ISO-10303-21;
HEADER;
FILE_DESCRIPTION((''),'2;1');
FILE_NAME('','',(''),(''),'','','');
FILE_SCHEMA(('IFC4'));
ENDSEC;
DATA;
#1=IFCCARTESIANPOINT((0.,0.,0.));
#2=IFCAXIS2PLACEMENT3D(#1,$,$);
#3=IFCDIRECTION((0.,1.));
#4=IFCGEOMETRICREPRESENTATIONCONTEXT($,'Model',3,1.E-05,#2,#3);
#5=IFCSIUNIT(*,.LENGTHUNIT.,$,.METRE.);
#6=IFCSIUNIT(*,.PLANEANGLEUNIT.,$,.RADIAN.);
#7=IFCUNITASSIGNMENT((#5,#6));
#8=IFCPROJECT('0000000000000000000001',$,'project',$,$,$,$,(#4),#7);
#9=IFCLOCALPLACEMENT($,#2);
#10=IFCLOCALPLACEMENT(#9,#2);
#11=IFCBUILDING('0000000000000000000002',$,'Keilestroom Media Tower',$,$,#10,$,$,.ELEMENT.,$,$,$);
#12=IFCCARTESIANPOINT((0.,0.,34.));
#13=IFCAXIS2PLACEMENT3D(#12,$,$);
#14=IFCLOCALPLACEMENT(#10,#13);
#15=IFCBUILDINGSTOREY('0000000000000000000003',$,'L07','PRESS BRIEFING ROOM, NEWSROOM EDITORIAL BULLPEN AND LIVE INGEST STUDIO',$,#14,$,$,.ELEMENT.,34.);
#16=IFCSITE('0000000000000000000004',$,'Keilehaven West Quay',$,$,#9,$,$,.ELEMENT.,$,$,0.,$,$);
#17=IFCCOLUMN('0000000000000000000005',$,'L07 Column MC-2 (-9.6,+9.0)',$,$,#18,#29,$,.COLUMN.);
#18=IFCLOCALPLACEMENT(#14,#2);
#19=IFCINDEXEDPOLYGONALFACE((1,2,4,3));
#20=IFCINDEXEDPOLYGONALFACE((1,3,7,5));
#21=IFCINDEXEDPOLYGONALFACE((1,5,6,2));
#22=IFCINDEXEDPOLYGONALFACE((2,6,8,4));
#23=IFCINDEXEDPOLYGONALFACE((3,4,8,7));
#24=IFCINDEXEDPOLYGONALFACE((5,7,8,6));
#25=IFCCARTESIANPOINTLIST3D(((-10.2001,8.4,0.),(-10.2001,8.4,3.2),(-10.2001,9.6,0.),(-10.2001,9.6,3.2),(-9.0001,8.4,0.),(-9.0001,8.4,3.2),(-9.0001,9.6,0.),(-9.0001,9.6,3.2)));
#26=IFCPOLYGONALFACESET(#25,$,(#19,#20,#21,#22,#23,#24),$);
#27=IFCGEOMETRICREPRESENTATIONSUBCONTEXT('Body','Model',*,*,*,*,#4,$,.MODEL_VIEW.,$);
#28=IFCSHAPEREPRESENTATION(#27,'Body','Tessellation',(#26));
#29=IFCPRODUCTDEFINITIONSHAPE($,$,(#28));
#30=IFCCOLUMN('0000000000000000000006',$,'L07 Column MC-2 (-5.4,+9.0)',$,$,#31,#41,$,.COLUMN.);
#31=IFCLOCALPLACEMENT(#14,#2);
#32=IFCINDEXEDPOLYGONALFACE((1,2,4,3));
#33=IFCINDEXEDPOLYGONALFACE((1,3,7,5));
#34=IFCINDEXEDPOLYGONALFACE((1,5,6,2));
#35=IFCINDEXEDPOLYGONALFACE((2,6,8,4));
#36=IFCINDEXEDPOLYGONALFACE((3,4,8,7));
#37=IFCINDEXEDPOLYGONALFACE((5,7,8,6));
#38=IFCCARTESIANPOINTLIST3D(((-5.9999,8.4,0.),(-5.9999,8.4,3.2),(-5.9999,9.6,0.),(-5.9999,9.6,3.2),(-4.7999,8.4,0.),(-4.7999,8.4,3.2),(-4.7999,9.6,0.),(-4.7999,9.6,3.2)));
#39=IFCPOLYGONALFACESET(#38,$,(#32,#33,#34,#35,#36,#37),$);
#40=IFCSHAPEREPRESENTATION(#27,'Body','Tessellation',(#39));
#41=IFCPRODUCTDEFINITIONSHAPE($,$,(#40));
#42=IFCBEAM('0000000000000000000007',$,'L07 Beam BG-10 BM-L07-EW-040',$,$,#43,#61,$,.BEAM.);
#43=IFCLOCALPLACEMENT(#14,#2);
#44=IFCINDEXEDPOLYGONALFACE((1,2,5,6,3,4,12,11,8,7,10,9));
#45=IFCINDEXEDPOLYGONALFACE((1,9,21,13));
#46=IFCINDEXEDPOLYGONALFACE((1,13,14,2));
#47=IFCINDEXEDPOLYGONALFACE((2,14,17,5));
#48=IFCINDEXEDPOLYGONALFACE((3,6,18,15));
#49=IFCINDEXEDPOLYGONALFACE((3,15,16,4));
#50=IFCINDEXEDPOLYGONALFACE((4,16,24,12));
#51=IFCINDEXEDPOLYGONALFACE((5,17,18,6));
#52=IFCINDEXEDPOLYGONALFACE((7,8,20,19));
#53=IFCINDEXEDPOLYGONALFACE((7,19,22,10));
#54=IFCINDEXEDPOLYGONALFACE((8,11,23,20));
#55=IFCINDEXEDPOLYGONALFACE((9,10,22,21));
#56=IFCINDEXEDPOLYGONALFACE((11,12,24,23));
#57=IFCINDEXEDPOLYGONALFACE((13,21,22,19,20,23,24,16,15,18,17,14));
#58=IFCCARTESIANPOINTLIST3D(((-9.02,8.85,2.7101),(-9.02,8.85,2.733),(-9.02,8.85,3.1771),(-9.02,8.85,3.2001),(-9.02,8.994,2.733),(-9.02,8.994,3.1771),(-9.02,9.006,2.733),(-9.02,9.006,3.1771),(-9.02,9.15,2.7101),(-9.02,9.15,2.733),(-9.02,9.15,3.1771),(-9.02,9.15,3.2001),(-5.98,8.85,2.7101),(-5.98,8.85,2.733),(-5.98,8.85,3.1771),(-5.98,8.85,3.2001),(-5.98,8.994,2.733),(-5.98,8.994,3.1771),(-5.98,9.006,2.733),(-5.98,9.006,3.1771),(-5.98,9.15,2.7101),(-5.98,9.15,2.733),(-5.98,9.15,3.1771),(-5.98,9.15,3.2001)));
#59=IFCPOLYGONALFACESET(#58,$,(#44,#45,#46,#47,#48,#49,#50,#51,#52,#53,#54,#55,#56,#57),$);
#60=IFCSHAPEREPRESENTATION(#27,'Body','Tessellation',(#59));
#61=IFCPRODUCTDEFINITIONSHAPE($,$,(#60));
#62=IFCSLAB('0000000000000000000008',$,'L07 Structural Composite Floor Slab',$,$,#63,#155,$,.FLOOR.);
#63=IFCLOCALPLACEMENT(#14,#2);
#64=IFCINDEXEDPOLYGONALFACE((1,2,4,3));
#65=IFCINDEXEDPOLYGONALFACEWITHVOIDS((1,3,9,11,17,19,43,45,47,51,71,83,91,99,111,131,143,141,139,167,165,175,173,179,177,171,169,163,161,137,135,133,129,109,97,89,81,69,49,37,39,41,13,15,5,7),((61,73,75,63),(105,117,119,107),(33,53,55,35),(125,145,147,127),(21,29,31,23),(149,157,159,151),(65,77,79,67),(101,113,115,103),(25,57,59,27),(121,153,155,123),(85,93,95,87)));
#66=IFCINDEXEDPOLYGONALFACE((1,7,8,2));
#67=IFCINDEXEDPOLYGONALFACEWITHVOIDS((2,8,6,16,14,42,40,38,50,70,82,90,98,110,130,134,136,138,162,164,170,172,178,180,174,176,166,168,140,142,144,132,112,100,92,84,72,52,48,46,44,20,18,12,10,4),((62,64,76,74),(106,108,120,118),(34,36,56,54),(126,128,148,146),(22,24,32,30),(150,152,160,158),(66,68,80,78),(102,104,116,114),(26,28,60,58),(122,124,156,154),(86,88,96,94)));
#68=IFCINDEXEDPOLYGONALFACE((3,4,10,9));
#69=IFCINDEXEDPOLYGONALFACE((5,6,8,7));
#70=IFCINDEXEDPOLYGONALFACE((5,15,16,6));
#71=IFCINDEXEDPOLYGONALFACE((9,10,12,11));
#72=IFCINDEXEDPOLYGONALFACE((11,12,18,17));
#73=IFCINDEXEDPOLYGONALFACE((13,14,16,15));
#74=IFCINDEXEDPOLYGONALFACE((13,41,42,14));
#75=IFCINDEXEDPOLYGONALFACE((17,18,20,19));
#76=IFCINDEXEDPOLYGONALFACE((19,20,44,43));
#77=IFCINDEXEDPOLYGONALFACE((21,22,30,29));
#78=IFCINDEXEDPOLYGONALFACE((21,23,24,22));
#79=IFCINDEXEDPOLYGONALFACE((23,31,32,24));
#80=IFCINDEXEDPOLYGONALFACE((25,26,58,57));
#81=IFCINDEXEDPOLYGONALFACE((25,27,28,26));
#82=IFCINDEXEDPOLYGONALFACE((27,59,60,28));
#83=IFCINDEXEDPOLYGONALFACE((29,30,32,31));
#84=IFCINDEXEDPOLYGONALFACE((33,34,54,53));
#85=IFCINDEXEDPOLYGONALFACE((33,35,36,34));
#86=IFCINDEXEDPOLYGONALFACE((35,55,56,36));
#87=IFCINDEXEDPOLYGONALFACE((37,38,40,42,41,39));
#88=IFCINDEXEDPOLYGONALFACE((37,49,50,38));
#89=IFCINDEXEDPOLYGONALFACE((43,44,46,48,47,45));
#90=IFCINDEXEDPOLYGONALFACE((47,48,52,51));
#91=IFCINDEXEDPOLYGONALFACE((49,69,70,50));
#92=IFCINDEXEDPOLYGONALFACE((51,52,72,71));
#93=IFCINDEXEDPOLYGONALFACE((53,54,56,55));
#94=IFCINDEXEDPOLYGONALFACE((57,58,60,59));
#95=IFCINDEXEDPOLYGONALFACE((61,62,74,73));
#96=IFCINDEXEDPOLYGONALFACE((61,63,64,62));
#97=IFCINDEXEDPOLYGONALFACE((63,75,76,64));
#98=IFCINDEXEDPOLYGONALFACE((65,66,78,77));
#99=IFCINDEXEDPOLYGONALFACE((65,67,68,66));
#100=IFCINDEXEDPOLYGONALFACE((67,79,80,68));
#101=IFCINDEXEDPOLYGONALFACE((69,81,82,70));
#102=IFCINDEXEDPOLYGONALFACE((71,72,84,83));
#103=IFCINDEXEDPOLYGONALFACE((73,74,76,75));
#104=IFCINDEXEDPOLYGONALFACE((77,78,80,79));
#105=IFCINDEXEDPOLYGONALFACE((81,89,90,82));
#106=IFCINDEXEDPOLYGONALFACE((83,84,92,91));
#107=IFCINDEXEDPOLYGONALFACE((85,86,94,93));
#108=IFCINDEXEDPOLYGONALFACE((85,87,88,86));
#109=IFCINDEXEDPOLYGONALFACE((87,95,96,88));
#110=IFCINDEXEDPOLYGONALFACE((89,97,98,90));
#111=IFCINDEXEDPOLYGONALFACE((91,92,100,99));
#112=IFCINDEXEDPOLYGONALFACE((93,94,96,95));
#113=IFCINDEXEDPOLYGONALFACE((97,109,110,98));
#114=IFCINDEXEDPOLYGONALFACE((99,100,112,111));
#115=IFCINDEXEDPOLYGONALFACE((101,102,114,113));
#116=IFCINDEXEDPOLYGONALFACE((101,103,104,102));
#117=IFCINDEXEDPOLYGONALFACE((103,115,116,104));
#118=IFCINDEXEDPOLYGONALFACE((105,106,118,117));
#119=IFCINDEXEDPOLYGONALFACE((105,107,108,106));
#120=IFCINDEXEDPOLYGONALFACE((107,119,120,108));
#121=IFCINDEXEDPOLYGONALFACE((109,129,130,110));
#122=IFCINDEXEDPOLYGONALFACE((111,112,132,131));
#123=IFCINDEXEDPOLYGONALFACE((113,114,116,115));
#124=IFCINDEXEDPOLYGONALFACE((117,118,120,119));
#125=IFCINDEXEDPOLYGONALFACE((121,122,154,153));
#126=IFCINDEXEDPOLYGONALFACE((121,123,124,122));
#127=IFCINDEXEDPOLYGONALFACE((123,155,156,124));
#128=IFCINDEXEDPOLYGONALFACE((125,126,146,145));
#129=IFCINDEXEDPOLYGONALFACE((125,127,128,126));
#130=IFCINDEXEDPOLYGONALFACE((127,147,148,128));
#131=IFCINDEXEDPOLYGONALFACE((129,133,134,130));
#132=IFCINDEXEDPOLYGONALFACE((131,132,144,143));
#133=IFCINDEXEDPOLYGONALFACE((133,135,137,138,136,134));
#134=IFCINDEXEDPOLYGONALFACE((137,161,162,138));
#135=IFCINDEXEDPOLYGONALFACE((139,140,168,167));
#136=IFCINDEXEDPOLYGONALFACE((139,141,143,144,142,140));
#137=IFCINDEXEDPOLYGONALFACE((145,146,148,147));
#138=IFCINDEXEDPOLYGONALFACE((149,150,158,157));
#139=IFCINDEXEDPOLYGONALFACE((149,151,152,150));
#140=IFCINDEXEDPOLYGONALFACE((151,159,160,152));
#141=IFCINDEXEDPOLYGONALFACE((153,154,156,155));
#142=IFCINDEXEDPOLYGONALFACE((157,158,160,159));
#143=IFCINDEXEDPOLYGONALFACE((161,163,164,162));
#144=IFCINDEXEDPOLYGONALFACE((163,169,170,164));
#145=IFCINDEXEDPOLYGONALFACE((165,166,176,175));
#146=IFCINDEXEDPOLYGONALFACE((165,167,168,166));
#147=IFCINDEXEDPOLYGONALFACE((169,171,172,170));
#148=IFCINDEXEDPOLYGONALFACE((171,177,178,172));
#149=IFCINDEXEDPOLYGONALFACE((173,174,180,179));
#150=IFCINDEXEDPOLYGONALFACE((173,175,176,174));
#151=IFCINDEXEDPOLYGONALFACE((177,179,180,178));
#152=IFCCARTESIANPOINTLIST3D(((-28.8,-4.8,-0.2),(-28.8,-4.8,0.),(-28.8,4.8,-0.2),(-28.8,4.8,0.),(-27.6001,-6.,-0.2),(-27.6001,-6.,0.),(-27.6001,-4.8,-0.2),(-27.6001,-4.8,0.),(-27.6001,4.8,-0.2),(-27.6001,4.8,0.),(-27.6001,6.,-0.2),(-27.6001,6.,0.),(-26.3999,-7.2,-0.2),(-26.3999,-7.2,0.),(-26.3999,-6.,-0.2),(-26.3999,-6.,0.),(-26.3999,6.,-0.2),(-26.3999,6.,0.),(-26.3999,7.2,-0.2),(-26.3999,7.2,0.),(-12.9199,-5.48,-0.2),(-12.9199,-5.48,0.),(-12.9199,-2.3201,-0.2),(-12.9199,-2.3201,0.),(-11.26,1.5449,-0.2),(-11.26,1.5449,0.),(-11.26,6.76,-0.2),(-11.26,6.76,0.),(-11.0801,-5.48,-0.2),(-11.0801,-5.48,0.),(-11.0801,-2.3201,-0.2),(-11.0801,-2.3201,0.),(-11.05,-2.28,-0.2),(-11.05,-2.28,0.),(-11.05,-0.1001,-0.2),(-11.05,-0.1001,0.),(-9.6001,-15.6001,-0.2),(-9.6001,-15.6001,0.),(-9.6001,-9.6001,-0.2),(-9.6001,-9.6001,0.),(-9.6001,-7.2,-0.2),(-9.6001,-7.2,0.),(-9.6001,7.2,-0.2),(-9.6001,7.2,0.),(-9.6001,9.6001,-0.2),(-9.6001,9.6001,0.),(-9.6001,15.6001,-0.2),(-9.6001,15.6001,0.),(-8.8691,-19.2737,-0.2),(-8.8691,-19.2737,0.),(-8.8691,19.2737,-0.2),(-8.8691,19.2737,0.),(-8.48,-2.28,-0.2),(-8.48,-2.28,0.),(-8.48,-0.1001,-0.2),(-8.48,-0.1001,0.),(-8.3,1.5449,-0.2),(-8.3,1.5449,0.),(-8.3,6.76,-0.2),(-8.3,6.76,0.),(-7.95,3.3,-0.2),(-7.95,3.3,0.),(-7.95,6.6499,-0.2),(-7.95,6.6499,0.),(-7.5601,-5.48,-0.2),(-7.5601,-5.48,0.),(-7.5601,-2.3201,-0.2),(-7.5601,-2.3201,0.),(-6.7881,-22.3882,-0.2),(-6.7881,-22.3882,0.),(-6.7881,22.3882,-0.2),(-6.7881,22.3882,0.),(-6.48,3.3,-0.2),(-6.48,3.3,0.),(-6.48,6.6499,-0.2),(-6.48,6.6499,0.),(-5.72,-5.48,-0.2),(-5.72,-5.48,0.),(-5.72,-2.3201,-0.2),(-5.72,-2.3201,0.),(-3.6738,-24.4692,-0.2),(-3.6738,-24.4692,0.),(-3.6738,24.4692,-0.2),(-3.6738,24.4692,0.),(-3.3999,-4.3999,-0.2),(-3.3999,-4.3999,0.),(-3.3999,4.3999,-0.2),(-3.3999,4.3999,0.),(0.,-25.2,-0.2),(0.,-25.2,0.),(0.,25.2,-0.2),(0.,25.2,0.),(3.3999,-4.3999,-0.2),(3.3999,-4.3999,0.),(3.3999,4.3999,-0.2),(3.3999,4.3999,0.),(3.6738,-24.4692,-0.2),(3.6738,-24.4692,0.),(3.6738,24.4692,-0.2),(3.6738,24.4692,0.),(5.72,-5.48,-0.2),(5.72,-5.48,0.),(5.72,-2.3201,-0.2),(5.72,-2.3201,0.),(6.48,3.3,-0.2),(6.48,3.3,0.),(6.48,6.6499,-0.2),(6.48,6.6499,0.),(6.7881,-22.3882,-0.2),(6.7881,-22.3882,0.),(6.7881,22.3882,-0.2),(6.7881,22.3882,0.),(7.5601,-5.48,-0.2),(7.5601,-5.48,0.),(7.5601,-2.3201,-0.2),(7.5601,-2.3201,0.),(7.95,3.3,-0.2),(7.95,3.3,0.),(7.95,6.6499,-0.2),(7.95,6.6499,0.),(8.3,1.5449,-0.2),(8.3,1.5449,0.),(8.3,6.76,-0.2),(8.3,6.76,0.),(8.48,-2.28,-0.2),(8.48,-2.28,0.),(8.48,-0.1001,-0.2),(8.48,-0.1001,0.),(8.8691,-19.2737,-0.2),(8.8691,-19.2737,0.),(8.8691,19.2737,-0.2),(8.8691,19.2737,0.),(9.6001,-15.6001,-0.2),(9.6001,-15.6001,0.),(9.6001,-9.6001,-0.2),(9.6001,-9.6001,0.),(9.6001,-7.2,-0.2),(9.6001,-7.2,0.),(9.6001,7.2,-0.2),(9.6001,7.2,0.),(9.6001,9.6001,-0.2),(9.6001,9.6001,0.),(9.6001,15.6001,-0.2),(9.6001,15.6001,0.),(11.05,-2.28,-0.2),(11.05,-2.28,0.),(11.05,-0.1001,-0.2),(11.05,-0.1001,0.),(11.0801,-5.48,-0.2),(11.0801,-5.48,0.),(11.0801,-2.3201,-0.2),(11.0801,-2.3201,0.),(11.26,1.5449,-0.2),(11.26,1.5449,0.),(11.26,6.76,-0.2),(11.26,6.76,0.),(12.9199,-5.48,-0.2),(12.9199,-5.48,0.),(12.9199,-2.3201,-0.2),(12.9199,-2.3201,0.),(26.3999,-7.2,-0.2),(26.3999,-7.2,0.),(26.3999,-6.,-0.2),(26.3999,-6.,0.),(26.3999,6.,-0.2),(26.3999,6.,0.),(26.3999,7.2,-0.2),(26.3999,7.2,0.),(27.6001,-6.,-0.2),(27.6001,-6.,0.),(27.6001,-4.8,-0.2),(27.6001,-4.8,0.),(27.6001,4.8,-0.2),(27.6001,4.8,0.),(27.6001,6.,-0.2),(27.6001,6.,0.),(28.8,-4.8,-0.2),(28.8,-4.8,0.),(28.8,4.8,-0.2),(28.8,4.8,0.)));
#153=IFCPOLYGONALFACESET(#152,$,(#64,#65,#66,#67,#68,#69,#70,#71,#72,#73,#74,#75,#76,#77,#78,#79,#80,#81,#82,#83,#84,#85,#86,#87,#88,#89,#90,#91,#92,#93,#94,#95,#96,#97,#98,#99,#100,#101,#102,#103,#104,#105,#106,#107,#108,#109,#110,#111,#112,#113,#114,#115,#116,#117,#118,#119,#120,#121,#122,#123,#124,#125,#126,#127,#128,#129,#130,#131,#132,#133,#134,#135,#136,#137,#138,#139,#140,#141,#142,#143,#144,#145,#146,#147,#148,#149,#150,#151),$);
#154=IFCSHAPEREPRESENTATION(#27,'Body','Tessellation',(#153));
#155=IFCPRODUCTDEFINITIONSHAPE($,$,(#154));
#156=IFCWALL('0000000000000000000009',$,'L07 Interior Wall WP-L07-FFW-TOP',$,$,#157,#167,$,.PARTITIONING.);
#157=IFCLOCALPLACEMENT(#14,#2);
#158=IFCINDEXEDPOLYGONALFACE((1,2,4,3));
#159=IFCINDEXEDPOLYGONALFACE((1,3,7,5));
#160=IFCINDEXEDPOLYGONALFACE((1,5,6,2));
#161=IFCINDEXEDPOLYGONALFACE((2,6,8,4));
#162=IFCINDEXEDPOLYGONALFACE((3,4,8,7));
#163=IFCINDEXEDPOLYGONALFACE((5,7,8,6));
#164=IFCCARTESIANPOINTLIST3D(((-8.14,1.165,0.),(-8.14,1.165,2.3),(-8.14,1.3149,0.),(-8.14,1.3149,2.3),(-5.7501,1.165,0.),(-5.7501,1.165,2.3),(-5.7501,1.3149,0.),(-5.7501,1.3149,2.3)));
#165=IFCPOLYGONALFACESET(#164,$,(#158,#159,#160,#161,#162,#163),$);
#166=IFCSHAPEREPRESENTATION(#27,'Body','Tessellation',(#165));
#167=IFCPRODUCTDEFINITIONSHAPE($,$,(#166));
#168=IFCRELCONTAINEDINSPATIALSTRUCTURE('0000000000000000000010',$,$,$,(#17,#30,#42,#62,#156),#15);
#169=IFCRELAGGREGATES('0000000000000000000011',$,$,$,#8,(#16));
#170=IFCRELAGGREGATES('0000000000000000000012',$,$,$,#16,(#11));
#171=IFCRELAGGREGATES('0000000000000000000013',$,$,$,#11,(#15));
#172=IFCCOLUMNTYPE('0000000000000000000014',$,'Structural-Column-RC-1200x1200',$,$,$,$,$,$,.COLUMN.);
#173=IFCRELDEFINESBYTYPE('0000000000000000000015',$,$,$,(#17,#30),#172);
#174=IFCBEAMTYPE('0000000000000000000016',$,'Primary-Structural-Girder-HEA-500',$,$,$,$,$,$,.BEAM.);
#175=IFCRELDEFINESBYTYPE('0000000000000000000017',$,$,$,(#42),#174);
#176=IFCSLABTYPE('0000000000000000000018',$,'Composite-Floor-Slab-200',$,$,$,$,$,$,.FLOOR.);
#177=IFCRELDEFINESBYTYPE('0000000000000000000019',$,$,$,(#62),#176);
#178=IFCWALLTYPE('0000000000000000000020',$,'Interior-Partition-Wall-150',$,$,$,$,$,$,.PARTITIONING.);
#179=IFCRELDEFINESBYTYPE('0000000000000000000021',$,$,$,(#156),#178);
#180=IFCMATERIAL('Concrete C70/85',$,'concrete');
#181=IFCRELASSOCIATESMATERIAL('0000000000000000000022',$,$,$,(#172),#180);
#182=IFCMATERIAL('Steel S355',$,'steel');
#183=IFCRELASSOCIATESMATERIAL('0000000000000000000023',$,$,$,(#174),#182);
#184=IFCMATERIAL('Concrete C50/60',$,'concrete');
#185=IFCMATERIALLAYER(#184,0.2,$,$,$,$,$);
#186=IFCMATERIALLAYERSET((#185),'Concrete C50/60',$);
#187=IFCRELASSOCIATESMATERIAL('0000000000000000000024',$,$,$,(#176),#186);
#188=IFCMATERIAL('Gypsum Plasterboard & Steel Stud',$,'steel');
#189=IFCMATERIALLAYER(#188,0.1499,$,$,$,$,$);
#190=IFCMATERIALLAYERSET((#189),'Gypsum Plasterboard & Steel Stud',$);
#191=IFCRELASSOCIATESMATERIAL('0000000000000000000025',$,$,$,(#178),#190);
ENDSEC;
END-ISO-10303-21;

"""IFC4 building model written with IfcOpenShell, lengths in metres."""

from ifc_helpers import new_model, si_unit, direction, frame, frame_2d, origin, origin_2d, place, context, subcontext, project, spatial, polyline, rectangle, i_section, outline, extrude, source, transform, mapped, material, layer, layer_set, material_profile, profile_set, type_object, element, save


model = new_model("IFC4")

# Units and contexts
model_context = context("Model", 3, precision=1e-05, world=origin(), true_north=direction((0.0, 1.0)))
body_context = subcontext(model_context, "Body", "Model", "MODEL_VIEW")
ifc_project = project(units=[si_unit("LENGTHUNIT", "METRE"), si_unit("PLANEANGLEUNIT", "RADIAN")], contexts=[model_context])

# Site, building, storey
site_placement = place(None, origin())
site = spatial("IfcSite", under=ifc_project, at=site_placement, Name="Keilehaven West Quay", CompositionType="ELEMENT", RefElevation=0.0)
building_placement = place(site_placement, origin())
building = spatial("IfcBuilding", under=site, at=building_placement, Name="Keilestroom Media Tower", CompositionType="ELEMENT")
storey_placement = place(building_placement, frame((0.0, 0.0, 34.0)))
storey = spatial("IfcBuildingStorey", under=building, at=storey_placement, Name="L07", Description="PRESS BRIEFING ROOM, NEWSROOM EDITORIAL BULLPEN AND LIVE INGEST STUDIO", CompositionType="ELEMENT", Elevation=34.0)

# Columns
ifc_material_1 = material(Name="Concrete C70/85", Category="concrete")
ifc_material_profile_1 = material_profile(ifc_material_1, rectangle(XDim=1.2, YDim=1.2, at=origin_2d()), Name="RC 1200x1200")
ifc_profile_set_1 = profile_set([ifc_material_profile_1], Name="Concrete C70/85")
column_type = type_object("IfcColumnType", Name="Structural-Column-RC-1200x1200", PredefinedType="COLUMN", material=ifc_profile_set_1)
shared_shape_1 = source(origin(), body_context, "Body", "SweptSolid", [
    extrude(rectangle(XDim=1.2, YDim=1.2, at=origin_2d()), origin(), (0.0, 0.0, 1.0), 3.2),
])
for number, where, z_axis, x_axis, name in (
    (1, (-9.6001, 9.0, 0.0), (0.0, 0.0, 1.0), (1.0, 0.0, 0.0), "L07 Column MC-2 (-9.6,+9.0)"),
    (2, (-5.3999, 9.0, 0.0), (0.0, 0.0, 1.0), (1.0, 0.0, 0.0), "L07 Column MC-2 (-5.4,+9.0)"),
):
    element("IfcColumn", number, at=place(storey_placement, frame(where, z_axis=z_axis, x_axis=x_axis)), inside=storey, type_object=column_type, Name=name, PredefinedType="COLUMN", context=body_context, shape_type="MappedRepresentation", body=[
        mapped(shared_shape_1, transform((0.0, 0.0, 0.0), x_axis=(1.0, 0.0, 0.0), y_axis=(0.0, 1.0, 0.0), z_axis=(0.0, 0.0, 1.0), scale=1.0)),
    ])

# Beam
ifc_material_2 = material(Name="Steel S355", Category="steel")
ifc_material_profile_2 = material_profile(ifc_material_2, i_section(OverallWidth=0.3, OverallDepth=0.49, WebThickness=0.012, FlangeThickness=0.0229, at=origin_2d()), Name="HEA 500")
ifc_profile_set_2 = profile_set([ifc_material_profile_2], Name="Steel S355")
beam_type = type_object("IfcBeamType", Name="Primary-Structural-Girder-HEA-500", PredefinedType="BEAM", material=ifc_profile_set_2)
shared_shape_2 = source(origin(), body_context, "Body", "SweptSolid", [
    extrude(i_section(OverallWidth=0.3, OverallDepth=0.49, WebThickness=0.012, FlangeThickness=0.0229, at=origin_2d()), origin(), (0.0, 0.0, 1.0), 3.04),
])
beam_placement = place(storey_placement, frame((-9.02, 9.0, 2.9551), z_axis=(1.0, 0.0, 0.0), x_axis=(0.0, 1.0, 0.0)))
element("IfcBeam", 3, at=beam_placement, inside=storey, type_object=beam_type, Name="L07 Beam BG-10 BM-L07-EW-040", PredefinedType="BEAM", context=body_context, shape_type="MappedRepresentation", body=[
    mapped(shared_shape_2, transform((0.0, 0.0, 0.0), x_axis=(1.0, 0.0, 0.0), y_axis=(0.0, 1.0, 0.0), z_axis=(0.0, 0.0, 1.0), scale=1.0)),
])

# Slab
ifc_material_3 = material(Name="Concrete C50/60", Category="concrete")
ifc_layer_1 = layer(ifc_material_3, 0.2)
ifc_layer_set_1 = layer_set([ifc_layer_1], Name="Concrete C50/60")
slab_type = type_object("IfcSlabType", Name="Composite-Floor-Slab-200", PredefinedType="FLOOR", material=ifc_layer_set_1)
slab_placement = place(storey_placement, frame((0.0, 0.0, -0.2)))
element("IfcSlab", 4, at=slab_placement, inside=storey, type_object=slab_type, Name="L07 Structural Composite Floor Slab", PredefinedType="FLOOR", context=body_context, shape_type="SweptSolid", body=[
    extrude(outline(polyline([(28.8, -4.8), (28.8, 4.8), (27.6001, 4.8), (27.6001, 6.0), (26.3999, 6.0), (26.3999, 7.2), (9.6001, 7.2), (9.6001, 9.6001), (9.6001, 15.6001), (8.8691, 19.2737), (6.7881, 22.3882), (3.6738, 24.4692), (0.0, 25.2), (-3.6738, 24.4692), (-6.7881, 22.3882), (-8.8691, 19.2737), (-9.6001, 15.6001), (-9.6001, 9.6001), (-9.6001, 7.2), (-26.3999, 7.2), (-26.3999, 6.0), (-27.6001, 6.0), (-27.6001, 4.8), (-28.8, 4.8), (-28.8, -4.8), (-27.6001, -4.8), (-27.6001, -6.0), (-26.3999, -6.0), (-26.3999, -7.2), (-9.6001, -7.2), (-9.6001, -9.6001), (-9.6001, -15.6001), (-8.8691, -19.2737), (-6.7881, -22.3882), (-3.6738, -24.4692), (0.0, -25.2), (3.6738, -24.4692), (6.7881, -22.3882), (8.8691, -19.2737), (9.6001, -15.6001), (9.6001, -9.6001), (9.6001, -7.2), (26.3999, -7.2), (26.3999, -6.0), (27.6001, -6.0), (27.6001, -4.8), (28.8, -4.8)]), holes=[polyline([(-12.9199, -5.48), (-12.9199, -2.3201), (-11.0801, -2.3201), (-11.0801, -5.48), (-12.9199, -5.48)]), polyline([(-11.26, 1.5449), (-11.26, 6.76), (-8.3, 6.76), (-8.3, 1.5449), (-11.26, 1.5449)]), polyline([(-11.05, -2.28), (-11.05, -0.1001), (-8.48, -0.1001), (-8.48, -2.28), (-11.05, -2.28)]), polyline([(-7.95, 3.3), (-7.95, 6.6499), (-6.48, 6.6499), (-6.48, 3.3), (-7.95, 3.3)]), polyline([(-7.5601, -5.48), (-7.5601, -2.3201), (-5.72, -2.3201), (-5.72, -5.48), (-7.5601, -5.48)]), polyline([(-3.3999, -4.3999), (-3.3999, 4.3999), (3.3999, 4.3999), (3.3999, -4.3999), (-3.3999, -4.3999)]), polyline([(5.72, -5.48), (5.72, -2.3201), (7.5601, -2.3201), (7.5601, -5.48), (5.72, -5.48)]), polyline([(7.95, 6.6499), (7.95, 3.3), (6.48, 3.3), (6.48, 6.6499), (7.95, 6.6499)]), polyline([(8.3, 6.76), (11.26, 6.76), (11.26, 1.5449), (8.3, 1.5449), (8.3, 6.76)]), polyline([(8.48, -2.28), (8.48, -0.1001), (11.05, -0.1001), (11.05, -2.28), (8.48, -2.28)]), polyline([(12.9199, -5.48), (11.0801, -5.48), (11.0801, -2.3201), (12.9199, -2.3201), (12.9199, -5.48)])]), origin(), (0.0, 0.0, 1.0), 0.2),
])

# Wall
ifc_material_4 = material(Name="Gypsum Plasterboard & Steel Stud", Category="steel")
ifc_layer_2 = layer(ifc_material_4, 0.1499)
ifc_layer_set_2 = layer_set([ifc_layer_2], Name="Gypsum Plasterboard & Steel Stud")
wall_type_1 = type_object("IfcWallType", Name="Interior-Partition-Wall-150", PredefinedType="PARTITIONING", material=ifc_layer_set_2)
wall_1_placement = place(storey_placement, frame((-8.1399, 1.24, 0.0), z_axis=(0.0, 0.0, 1.0), x_axis=(1.0, 0.0, 0.0)))
element("IfcWall", 5, at=wall_1_placement, inside=storey, type_object=wall_type_1, Name="L07 Interior Wall WP-L07-FFW-TOP", PredefinedType="PARTITIONING", context=body_context, shape_type="SweptSolid", body=[
    extrude(rectangle(XDim=2.3899, YDim=0.1499, at=frame_2d((1.1948, 0.0))), origin(), (0.0, 0.0, 1.0), 2.3),
])

save(model, "model.ifc")
